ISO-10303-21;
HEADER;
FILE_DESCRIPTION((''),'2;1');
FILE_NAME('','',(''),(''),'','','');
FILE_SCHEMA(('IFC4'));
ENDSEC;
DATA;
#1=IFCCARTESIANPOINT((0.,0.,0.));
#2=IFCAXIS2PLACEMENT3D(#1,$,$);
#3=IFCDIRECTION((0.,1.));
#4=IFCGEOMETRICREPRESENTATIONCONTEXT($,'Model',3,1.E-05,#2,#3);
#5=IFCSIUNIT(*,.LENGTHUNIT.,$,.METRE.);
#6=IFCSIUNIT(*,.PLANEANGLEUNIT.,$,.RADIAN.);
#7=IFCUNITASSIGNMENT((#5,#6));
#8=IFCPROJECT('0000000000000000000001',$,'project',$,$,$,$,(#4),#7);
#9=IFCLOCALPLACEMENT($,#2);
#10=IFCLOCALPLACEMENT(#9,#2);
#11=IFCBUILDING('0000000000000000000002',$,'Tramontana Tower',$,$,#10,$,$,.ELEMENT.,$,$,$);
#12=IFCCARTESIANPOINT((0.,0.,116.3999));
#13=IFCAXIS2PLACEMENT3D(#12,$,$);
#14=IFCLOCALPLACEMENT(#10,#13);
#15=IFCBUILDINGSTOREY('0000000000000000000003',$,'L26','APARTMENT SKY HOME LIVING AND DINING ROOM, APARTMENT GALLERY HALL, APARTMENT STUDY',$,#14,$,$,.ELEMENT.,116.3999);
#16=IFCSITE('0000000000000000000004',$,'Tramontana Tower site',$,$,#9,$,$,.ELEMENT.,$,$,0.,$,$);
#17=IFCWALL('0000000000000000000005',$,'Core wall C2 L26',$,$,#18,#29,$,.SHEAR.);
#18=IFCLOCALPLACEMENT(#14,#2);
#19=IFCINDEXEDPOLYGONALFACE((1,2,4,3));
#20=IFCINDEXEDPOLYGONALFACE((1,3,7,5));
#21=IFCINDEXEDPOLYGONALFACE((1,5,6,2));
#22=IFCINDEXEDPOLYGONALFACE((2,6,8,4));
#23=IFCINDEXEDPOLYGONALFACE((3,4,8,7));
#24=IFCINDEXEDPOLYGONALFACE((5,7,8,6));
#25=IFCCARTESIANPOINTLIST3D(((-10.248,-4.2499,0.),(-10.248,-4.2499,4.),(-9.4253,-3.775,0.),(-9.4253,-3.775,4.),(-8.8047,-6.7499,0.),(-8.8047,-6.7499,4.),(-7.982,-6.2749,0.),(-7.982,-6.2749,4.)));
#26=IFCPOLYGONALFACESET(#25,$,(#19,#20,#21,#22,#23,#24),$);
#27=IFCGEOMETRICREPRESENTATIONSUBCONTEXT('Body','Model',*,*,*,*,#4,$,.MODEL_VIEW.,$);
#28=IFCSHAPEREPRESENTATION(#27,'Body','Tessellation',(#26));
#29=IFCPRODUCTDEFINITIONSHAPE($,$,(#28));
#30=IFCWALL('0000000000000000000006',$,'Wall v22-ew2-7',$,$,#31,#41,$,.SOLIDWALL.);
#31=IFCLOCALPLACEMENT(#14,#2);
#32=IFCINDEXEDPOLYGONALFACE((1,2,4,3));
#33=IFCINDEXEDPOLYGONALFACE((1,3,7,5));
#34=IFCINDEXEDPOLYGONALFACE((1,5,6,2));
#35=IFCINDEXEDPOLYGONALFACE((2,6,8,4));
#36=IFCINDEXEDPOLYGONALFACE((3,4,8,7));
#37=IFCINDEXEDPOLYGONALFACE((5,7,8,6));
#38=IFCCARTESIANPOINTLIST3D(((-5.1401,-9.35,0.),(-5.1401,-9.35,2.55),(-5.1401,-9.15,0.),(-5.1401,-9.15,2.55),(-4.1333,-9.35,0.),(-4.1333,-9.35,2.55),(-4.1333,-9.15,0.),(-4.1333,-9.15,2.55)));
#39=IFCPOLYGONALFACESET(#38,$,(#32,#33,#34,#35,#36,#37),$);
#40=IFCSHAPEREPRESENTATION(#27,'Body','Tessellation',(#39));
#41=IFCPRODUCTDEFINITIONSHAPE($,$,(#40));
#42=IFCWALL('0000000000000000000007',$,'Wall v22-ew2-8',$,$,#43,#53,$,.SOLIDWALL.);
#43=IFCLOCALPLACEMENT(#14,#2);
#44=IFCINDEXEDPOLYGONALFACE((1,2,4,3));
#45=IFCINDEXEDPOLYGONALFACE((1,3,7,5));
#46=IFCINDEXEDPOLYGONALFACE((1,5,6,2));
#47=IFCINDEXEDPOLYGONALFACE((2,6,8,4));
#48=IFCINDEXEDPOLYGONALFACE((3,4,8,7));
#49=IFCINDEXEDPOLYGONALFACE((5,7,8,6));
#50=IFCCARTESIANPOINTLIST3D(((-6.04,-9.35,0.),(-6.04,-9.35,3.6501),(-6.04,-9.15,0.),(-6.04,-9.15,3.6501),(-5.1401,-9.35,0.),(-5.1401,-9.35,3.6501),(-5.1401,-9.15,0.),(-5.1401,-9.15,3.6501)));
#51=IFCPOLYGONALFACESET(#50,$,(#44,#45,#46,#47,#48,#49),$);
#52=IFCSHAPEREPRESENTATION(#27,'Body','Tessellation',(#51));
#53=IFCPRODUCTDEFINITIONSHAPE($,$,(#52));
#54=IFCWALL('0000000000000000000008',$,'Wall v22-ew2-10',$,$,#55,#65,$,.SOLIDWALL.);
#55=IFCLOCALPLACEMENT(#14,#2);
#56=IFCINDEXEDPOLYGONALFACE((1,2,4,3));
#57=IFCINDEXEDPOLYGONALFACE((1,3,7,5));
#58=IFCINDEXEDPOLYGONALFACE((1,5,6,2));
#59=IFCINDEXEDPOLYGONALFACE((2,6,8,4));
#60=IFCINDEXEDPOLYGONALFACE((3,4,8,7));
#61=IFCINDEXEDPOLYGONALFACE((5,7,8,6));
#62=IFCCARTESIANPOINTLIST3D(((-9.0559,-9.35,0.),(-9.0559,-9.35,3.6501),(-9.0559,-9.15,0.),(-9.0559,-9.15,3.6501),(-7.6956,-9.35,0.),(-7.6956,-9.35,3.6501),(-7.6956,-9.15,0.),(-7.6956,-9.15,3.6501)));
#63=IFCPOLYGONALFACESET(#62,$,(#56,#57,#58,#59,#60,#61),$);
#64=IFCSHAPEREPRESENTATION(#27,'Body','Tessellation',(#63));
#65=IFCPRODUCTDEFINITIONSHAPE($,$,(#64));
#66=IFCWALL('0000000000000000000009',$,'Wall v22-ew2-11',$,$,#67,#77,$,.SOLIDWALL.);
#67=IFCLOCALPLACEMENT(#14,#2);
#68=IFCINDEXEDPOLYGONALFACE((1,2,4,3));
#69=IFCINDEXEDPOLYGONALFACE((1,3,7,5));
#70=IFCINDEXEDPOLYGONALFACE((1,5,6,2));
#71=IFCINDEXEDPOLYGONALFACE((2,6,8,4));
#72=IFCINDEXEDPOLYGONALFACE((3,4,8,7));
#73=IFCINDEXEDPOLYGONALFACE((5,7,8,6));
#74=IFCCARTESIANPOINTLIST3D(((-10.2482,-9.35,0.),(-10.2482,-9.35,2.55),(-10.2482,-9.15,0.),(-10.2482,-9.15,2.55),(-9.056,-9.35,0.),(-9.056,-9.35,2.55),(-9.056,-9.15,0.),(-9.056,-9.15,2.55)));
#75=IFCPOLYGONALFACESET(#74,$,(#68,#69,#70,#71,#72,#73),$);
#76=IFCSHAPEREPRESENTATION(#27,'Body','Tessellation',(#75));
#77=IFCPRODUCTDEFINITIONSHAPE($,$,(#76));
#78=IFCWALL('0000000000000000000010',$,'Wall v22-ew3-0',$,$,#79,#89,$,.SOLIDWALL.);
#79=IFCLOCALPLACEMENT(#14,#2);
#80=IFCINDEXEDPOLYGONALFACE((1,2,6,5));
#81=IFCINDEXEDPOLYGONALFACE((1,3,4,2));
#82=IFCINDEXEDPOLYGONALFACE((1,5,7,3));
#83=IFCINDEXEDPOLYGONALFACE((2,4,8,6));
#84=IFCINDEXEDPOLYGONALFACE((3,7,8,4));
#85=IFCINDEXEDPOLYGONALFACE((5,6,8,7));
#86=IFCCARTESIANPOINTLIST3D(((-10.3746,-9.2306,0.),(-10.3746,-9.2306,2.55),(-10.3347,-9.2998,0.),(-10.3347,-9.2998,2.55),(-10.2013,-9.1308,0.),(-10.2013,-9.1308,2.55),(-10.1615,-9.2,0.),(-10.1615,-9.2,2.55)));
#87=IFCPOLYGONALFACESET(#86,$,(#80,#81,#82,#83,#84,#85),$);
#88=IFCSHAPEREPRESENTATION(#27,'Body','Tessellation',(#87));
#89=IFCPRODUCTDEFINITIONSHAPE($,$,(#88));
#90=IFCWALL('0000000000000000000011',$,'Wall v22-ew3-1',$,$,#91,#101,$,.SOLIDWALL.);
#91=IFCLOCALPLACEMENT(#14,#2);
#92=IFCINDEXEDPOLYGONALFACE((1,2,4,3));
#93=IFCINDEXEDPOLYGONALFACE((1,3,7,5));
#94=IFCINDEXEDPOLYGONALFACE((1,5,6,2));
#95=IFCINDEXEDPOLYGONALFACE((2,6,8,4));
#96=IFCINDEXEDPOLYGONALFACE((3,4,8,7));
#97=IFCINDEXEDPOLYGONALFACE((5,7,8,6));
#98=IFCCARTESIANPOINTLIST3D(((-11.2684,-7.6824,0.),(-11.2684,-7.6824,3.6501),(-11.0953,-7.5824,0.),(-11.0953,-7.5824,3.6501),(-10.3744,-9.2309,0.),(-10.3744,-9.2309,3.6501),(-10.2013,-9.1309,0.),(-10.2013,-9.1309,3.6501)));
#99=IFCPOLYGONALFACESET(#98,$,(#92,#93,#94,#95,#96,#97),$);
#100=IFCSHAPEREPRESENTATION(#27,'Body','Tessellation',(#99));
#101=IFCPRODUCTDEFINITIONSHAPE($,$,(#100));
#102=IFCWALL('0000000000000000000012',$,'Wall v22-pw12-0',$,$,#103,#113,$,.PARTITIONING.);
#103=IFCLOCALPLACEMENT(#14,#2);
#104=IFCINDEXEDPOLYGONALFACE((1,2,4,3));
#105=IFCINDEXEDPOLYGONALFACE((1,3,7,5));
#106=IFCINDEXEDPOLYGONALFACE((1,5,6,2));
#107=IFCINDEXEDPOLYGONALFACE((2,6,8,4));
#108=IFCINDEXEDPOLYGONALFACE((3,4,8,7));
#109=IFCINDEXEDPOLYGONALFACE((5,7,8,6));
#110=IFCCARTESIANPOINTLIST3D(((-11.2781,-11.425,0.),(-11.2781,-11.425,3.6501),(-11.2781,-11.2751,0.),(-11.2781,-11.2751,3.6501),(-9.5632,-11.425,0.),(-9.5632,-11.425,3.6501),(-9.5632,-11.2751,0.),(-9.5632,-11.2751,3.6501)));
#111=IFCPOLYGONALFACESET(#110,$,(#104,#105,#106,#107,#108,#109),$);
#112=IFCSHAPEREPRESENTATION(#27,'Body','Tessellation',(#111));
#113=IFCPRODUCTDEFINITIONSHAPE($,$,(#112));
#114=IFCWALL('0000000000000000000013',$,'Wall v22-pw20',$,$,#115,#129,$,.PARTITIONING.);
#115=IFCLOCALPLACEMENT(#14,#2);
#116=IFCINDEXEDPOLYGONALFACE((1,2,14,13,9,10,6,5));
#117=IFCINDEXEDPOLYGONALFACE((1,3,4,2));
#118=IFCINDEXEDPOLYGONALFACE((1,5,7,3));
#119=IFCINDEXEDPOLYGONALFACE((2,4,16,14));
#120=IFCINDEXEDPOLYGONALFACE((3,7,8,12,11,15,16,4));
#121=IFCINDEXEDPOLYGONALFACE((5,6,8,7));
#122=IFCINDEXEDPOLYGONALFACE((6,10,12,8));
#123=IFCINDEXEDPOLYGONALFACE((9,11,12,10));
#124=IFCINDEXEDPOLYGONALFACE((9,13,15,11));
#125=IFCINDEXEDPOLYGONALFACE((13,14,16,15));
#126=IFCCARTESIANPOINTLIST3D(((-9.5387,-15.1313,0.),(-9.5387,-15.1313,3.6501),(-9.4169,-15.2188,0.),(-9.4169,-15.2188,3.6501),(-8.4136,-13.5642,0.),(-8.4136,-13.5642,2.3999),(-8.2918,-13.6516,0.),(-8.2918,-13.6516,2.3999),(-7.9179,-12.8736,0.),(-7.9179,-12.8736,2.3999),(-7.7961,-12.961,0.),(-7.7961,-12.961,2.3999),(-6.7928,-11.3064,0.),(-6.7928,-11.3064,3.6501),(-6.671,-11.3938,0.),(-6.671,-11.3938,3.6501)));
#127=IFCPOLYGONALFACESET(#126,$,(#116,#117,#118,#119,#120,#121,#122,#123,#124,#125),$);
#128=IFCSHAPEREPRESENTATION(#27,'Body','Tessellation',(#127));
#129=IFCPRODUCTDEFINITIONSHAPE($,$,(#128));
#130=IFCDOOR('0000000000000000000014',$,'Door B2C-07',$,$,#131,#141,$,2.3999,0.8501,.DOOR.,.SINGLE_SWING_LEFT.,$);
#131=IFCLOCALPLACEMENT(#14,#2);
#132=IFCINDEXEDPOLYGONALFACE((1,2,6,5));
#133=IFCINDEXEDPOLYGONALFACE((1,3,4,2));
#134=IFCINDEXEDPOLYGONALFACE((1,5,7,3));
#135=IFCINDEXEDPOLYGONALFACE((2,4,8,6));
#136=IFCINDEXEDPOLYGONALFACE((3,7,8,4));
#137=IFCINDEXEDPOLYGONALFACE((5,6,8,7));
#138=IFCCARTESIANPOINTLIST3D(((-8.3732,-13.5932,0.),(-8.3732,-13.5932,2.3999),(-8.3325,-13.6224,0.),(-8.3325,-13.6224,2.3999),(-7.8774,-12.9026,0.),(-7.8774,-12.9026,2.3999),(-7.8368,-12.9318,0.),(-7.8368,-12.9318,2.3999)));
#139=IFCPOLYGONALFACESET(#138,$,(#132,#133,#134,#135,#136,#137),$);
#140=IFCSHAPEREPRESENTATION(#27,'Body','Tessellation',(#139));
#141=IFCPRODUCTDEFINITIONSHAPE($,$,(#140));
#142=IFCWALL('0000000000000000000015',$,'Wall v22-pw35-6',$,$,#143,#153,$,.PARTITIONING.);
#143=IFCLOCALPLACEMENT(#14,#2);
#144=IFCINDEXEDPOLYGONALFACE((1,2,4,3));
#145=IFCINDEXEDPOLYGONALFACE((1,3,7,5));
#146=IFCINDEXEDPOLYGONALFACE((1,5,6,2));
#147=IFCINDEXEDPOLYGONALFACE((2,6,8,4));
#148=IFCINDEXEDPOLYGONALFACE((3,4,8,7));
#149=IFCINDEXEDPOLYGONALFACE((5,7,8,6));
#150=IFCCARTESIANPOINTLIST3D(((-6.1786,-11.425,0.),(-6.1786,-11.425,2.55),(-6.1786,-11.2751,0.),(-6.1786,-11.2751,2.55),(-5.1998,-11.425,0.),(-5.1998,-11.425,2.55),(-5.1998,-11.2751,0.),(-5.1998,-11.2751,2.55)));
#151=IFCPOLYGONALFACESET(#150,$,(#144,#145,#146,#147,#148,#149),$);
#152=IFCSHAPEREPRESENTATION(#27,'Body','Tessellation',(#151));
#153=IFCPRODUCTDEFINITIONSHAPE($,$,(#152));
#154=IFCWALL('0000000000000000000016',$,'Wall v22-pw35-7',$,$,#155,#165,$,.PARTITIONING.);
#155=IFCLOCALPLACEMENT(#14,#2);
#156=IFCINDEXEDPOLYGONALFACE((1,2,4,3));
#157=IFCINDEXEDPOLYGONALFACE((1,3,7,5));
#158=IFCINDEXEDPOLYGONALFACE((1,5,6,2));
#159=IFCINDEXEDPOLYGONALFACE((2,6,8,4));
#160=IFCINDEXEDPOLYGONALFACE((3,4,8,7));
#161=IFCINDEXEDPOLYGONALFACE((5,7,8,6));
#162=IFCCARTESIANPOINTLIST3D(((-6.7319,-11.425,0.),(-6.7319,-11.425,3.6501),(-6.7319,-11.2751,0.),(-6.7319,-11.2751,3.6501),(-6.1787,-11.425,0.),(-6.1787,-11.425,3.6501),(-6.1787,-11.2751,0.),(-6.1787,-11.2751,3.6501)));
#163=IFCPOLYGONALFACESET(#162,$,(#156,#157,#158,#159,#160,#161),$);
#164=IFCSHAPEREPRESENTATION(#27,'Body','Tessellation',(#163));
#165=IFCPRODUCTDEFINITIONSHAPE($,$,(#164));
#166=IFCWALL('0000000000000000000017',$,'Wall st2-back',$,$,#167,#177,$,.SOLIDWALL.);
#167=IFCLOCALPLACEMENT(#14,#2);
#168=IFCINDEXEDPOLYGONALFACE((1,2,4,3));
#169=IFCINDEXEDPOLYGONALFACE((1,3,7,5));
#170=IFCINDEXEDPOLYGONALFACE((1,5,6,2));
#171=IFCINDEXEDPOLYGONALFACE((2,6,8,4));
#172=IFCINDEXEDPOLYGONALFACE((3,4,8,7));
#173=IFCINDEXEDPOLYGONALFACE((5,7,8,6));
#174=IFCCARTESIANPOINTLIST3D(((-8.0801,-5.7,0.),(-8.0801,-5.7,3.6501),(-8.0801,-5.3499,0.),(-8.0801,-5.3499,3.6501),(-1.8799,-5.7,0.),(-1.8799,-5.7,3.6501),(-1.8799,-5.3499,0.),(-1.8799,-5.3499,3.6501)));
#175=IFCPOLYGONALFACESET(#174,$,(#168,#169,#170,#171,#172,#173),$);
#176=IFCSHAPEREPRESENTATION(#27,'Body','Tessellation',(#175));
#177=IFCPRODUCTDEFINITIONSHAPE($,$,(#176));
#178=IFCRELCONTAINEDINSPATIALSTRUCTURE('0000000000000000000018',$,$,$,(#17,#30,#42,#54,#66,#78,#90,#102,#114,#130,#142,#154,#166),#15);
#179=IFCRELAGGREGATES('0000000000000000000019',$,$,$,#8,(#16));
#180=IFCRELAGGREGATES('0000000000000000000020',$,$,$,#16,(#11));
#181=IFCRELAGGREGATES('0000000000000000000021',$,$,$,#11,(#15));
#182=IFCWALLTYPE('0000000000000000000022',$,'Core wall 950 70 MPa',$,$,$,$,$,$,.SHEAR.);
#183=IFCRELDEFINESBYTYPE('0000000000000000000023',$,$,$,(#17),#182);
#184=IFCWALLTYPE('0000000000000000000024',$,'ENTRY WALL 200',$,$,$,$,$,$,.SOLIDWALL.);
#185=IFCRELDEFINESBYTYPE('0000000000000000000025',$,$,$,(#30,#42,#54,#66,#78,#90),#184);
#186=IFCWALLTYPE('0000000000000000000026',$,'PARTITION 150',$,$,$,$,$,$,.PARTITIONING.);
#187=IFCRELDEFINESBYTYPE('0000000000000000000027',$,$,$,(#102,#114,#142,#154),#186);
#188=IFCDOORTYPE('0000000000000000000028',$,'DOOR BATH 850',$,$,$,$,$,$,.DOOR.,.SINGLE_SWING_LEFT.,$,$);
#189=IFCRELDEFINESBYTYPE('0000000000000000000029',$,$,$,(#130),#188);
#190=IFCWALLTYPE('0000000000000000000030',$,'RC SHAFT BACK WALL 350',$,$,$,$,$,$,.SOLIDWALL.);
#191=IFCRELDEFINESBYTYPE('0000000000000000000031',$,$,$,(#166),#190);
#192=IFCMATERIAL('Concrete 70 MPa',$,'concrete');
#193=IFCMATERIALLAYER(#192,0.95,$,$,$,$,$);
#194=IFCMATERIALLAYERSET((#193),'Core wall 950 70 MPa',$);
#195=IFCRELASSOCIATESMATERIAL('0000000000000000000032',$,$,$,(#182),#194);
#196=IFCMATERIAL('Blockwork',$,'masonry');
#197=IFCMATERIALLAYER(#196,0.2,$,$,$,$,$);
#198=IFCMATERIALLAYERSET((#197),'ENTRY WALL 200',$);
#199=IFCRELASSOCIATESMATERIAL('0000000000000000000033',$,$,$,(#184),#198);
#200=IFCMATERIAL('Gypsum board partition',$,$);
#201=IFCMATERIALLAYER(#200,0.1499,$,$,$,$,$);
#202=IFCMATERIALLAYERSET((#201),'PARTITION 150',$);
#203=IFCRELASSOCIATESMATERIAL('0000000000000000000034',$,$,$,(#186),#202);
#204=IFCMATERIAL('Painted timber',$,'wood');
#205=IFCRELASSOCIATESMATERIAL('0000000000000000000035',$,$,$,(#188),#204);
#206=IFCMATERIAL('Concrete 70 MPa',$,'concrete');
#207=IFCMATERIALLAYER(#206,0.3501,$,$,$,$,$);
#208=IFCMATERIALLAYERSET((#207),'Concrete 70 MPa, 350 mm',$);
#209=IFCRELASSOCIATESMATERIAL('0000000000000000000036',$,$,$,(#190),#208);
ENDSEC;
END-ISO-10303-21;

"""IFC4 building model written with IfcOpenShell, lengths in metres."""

from ifc_helpers import new_model, si_unit, direction, frame, frame_2d, origin, place, context, subcontext, project, spatial, rectangle, extrude, material, layer, layer_set, type_object, element, fill, save


model = new_model("IFC4")

# Units and contexts
model_context = context("Model", 3, precision=1e-05, world=origin(), true_north=direction((0.0, 1.0)))
body_context = subcontext(model_context, "Body", "Model", "MODEL_VIEW")
ifc_project = project(units=[si_unit("LENGTHUNIT", "METRE"), si_unit("PLANEANGLEUNIT", "RADIAN")], contexts=[model_context])

# Site, building, storey
site_placement = place(None, origin())
site = spatial("IfcSite", under=ifc_project, at=site_placement, Name="Tramontana Tower site", CompositionType="ELEMENT", RefElevation=0.0)
building_placement = place(site_placement, origin())
building = spatial("IfcBuilding", under=site, at=building_placement, Name="Tramontana Tower", CompositionType="ELEMENT")
storey_placement = place(building_placement, frame((0.0, 0.0, 116.3999)))
storey = spatial("IfcBuildingStorey", under=building, at=storey_placement, Name="L26", Description="APARTMENT SKY HOME LIVING AND DINING ROOM, APARTMENT GALLERY HALL, APARTMENT STUDY", CompositionType="ELEMENT", Elevation=116.3999)

# Wall
ifc_material_1 = material(Name="Concrete 70 MPa", Category="concrete")
ifc_layer_1 = layer(ifc_material_1, 0.95)
ifc_layer_set_1 = layer_set([ifc_layer_1], Name="Core wall 950 70 MPa")
wall_type_1 = type_object("IfcWallType", Name="Core wall 950 70 MPa", PredefinedType="SHEAR", material=ifc_layer_set_1)
wall_1_placement = place(storey_placement, frame((-9.8367, -4.0125, 0.0), z_axis=(0.0, 0.0, 1.0), x_axis=(0.499996, -0.866028, 0.0)))
element("IfcWall", 1, at=wall_1_placement, inside=storey, type_object=wall_type_1, Name="Core wall C2 L26", PredefinedType="SHEAR", context=body_context, shape_type="SweptSolid", body=[
    extrude(rectangle(XDim=2.8867, YDim=0.95, at=frame_2d((1.4434, 0.0))), origin(), (0.0, 0.0, 1.0), 4.0),
])

# Walls
ifc_material_2 = material(Name="Blockwork", Category="masonry")
ifc_layer_2 = layer(ifc_material_2, 0.2)
ifc_layer_set_2 = layer_set([ifc_layer_2], Name="ENTRY WALL 200")
wall_type_2 = type_object("IfcWallType", Name="ENTRY WALL 200", PredefinedType="SOLIDWALL", material=ifc_layer_set_2)
wall_2_placement = place(storey_placement, frame((-4.1333, -9.25, 0.0), z_axis=(0.0, 0.0, 1.0), x_axis=(-1.0, 0.0, 0.0)))
element("IfcWall", 2, at=wall_2_placement, inside=storey, type_object=wall_type_2, Name="Wall v22-ew2-7", PredefinedType="SOLIDWALL", context=body_context, shape_type="SweptSolid", body=[
    extrude(rectangle(XDim=1.0068, YDim=0.2, at=frame_2d((0.5034, 0.0))), origin(), (0.0, 0.0, 1.0), 2.55),
])
wall_3_placement = place(storey_placement, frame((-5.1401, -9.25, 0.0), z_axis=(0.0, 0.0, 1.0), x_axis=(-1.0, 0.0, 0.0)))
element("IfcWall", 3, at=wall_3_placement, inside=storey, type_object=wall_type_2, Name="Wall v22-ew2-8", PredefinedType="SOLIDWALL", context=body_context, shape_type="SweptSolid", body=[
    extrude(rectangle(XDim=0.8999, YDim=0.2, at=frame_2d((0.45, 0.0))), origin(), (0.0, 0.0, 1.0), 3.6501),
])

# Walls
wall_4_placement = place(storey_placement, frame((-7.6956, -9.25, 0.0), z_axis=(0.0, 0.0, 1.0), x_axis=(-1.0, 0.0, 0.0)))
element("IfcWall", 4, at=wall_4_placement, inside=storey, type_object=wall_type_2, Name="Wall v22-ew2-10", PredefinedType="SOLIDWALL", context=body_context, shape_type="SweptSolid", body=[
    extrude(rectangle(XDim=1.3604, YDim=0.2, at=frame_2d((0.6802, 0.0))), origin(), (0.0, 0.0, 1.0), 3.6501),
])
wall_5_placement = place(storey_placement, frame((-9.0559, -9.25, 0.0), z_axis=(0.0, 0.0, 1.0), x_axis=(-1.0, 0.0, 0.0)))
element("IfcWall", 5, at=wall_5_placement, inside=storey, type_object=wall_type_2, Name="Wall v22-ew2-11", PredefinedType="SOLIDWALL", context=body_context, shape_type="SweptSolid", body=[
    extrude(rectangle(XDim=1.1921, YDim=0.2, at=frame_2d((0.5962, 0.0))), origin(), (0.0, 0.0, 1.0), 2.55),
])
wall_6_placement = place(storey_placement, frame((-10.248, -9.25, 0.0), z_axis=(0.0, 0.0, 1.0), x_axis=(-0.499104, 0.866542, 0.0)))
element("IfcWall", 6, at=wall_6_placement, inside=storey, type_object=wall_type_2, Name="Wall v22-ew3-0", PredefinedType="SOLIDWALL", context=body_context, shape_type="SweptSolid", body=[
    extrude(rectangle(XDim=0.0798, YDim=0.2, at=frame_2d((0.04, 0.0))), origin(), (0.0, 0.0, 1.0), 2.55),
])
wall_7_placement = place(storey_placement, frame((-10.2878, -9.1809, 0.0), z_axis=(0.0, 0.0, 1.0), x_axis=(-0.499986, 0.866033, 0.0)))
element("IfcWall", 7, at=wall_7_placement, inside=storey, type_object=wall_type_2, Name="Wall v22-ew3-1", PredefinedType="SOLIDWALL", context=body_context, shape_type="SweptSolid", body=[
    extrude(rectangle(XDim=1.7881, YDim=0.2, at=frame_2d((0.894, 0.0))), origin(), (0.0, 0.0, 1.0), 3.6501),
])
ifc_material_3 = material(Name="Gypsum board partition")
ifc_layer_3 = layer(ifc_material_3, 0.1499)
ifc_layer_set_3 = layer_set([ifc_layer_3], Name="PARTITION 150")
wall_type_3 = type_object("IfcWallType", Name="PARTITION 150", PredefinedType="PARTITIONING", material=ifc_layer_set_3)
wall_8_placement = place(storey_placement, frame((-9.5632, -11.3501, 0.0), z_axis=(0.0, 0.0, 1.0), x_axis=(-1.0, 0.0, 0.0)))
element("IfcWall", 8, at=wall_8_placement, inside=storey, type_object=wall_type_3, Name="Wall v22-pw12-0", PredefinedType="PARTITIONING", context=body_context, shape_type="SweptSolid", body=[
    extrude(rectangle(XDim=1.7148, YDim=0.1499, at=frame_2d((0.8574, 0.0))), origin(), (0.0, 0.0, 1.0), 3.6501),
])

# Wall, opening, door
wall_9_placement = place(storey_placement, frame((-6.7319, -11.3501, 0.0), z_axis=(0.0, 0.0, 1.0), x_axis=(-0.583169, -0.812351, 0.0)))
wall_9 = element("IfcWall", 9, at=wall_9_placement, inside=storey, type_object=wall_type_3, Name="Wall v22-pw20", PredefinedType="PARTITIONING", context=body_context, shape_type="SweptSolid", body=[
    extrude(rectangle(XDim=4.7085, YDim=0.1499, at=frame_2d((2.3542, 0.0))), origin(), (0.0, 0.0, 1.0), 3.6501),
])
opening_1_placement = place(wall_9_placement, frame((1.9292, 0.0, 0.0)))
opening_1 = element("IfcOpeningElement", 10, at=opening_1_placement, cuts=wall_9, PredefinedType="OPENING", context=body_context, shape_type="SweptSolid", body=[
    extrude(rectangle(XDim=0.8501, YDim=2.3999, at=frame_2d((0.425, 1.2))), frame((0.0, 0.085, 0.0), z_axis=(0.0, -1.0, 0.0), x_axis=(1.0, 0.0, 0.0)), (0.0, 0.0, 1.0), 0.1699),
])
ifc_material_4 = material(Name="Painted timber", Category="wood")
door_type_1 = type_object("IfcDoorType", Name="DOOR BATH 850", OperationType="SINGLE_SWING_LEFT", PredefinedType="DOOR", material=ifc_material_4)
door_1_placement = place(opening_1_placement, origin())
door_1 = element("IfcDoor", 11, at=door_1_placement, inside=storey, type_object=door_type_1, Name="Door B2C-07", OperationType="SINGLE_SWING_LEFT", OverallHeight=2.3999, OverallWidth=0.8501, PredefinedType="DOOR", context=body_context, shape_type="SweptSolid", body=[
    extrude(rectangle(XDim=0.8501, YDim=2.3999, at=frame_2d((0.425, 1.2))), frame((0.0, 0.0249, 0.0), z_axis=(0.0, -1.0, 0.0), x_axis=(1.0, 0.0, 0.0)), (0.0, 0.0, 1.0), 0.05),
])
fill(opening_1, door_1)

# Walls
wall_10_placement = place(storey_placement, frame((-5.2, -11.3501, 0.0), z_axis=(0.0, 0.0, 1.0), x_axis=(-1.0, 0.0, 0.0)))
element("IfcWall", 12, at=wall_10_placement, inside=storey, type_object=wall_type_3, Name="Wall v22-pw35-6", PredefinedType="PARTITIONING", context=body_context, shape_type="SweptSolid", body=[
    extrude(rectangle(XDim=0.9788, YDim=0.1499, at=frame_2d((0.4893, 0.0))), origin(), (0.0, 0.0, 1.0), 2.55),
])
wall_11_placement = place(storey_placement, frame((-6.1787, -11.3501, 0.0), z_axis=(0.0, 0.0, 1.0), x_axis=(-1.0, 0.0, 0.0)))
element("IfcWall", 13, at=wall_11_placement, inside=storey, type_object=wall_type_3, Name="Wall v22-pw35-7", PredefinedType="PARTITIONING", context=body_context, shape_type="SweptSolid", body=[
    extrude(rectangle(XDim=0.5532, YDim=0.1499, at=frame_2d((0.2766, 0.0))), origin(), (0.0, 0.0, 1.0), 3.6501),
])
ifc_material_5 = material(Name="Concrete 70 MPa", Category="concrete")
ifc_layer_4 = layer(ifc_material_5, 0.3501)
ifc_layer_set_4 = layer_set([ifc_layer_4], Name="Concrete 70 MPa, 350 mm")
wall_type_4 = type_object("IfcWallType", Name="RC SHAFT BACK WALL 350", PredefinedType="SOLIDWALL", material=ifc_layer_set_4)
wall_12_placement = place(storey_placement, frame((-8.0801, -5.5249, 0.0), z_axis=(0.0, 0.0, 1.0), x_axis=(1.0, 0.0, 0.0)))
element("IfcWall", 14, at=wall_12_placement, inside=storey, type_object=wall_type_4, Name="Wall st2-back", PredefinedType="SOLIDWALL", context=body_context, shape_type="SweptSolid", body=[
    extrude(rectangle(XDim=6.2002, YDim=0.3501, at=frame_2d((3.1001, 0.0))), origin(), (0.0, 0.0, 1.0), 3.6501),
])

save(model, "model.ifc")
